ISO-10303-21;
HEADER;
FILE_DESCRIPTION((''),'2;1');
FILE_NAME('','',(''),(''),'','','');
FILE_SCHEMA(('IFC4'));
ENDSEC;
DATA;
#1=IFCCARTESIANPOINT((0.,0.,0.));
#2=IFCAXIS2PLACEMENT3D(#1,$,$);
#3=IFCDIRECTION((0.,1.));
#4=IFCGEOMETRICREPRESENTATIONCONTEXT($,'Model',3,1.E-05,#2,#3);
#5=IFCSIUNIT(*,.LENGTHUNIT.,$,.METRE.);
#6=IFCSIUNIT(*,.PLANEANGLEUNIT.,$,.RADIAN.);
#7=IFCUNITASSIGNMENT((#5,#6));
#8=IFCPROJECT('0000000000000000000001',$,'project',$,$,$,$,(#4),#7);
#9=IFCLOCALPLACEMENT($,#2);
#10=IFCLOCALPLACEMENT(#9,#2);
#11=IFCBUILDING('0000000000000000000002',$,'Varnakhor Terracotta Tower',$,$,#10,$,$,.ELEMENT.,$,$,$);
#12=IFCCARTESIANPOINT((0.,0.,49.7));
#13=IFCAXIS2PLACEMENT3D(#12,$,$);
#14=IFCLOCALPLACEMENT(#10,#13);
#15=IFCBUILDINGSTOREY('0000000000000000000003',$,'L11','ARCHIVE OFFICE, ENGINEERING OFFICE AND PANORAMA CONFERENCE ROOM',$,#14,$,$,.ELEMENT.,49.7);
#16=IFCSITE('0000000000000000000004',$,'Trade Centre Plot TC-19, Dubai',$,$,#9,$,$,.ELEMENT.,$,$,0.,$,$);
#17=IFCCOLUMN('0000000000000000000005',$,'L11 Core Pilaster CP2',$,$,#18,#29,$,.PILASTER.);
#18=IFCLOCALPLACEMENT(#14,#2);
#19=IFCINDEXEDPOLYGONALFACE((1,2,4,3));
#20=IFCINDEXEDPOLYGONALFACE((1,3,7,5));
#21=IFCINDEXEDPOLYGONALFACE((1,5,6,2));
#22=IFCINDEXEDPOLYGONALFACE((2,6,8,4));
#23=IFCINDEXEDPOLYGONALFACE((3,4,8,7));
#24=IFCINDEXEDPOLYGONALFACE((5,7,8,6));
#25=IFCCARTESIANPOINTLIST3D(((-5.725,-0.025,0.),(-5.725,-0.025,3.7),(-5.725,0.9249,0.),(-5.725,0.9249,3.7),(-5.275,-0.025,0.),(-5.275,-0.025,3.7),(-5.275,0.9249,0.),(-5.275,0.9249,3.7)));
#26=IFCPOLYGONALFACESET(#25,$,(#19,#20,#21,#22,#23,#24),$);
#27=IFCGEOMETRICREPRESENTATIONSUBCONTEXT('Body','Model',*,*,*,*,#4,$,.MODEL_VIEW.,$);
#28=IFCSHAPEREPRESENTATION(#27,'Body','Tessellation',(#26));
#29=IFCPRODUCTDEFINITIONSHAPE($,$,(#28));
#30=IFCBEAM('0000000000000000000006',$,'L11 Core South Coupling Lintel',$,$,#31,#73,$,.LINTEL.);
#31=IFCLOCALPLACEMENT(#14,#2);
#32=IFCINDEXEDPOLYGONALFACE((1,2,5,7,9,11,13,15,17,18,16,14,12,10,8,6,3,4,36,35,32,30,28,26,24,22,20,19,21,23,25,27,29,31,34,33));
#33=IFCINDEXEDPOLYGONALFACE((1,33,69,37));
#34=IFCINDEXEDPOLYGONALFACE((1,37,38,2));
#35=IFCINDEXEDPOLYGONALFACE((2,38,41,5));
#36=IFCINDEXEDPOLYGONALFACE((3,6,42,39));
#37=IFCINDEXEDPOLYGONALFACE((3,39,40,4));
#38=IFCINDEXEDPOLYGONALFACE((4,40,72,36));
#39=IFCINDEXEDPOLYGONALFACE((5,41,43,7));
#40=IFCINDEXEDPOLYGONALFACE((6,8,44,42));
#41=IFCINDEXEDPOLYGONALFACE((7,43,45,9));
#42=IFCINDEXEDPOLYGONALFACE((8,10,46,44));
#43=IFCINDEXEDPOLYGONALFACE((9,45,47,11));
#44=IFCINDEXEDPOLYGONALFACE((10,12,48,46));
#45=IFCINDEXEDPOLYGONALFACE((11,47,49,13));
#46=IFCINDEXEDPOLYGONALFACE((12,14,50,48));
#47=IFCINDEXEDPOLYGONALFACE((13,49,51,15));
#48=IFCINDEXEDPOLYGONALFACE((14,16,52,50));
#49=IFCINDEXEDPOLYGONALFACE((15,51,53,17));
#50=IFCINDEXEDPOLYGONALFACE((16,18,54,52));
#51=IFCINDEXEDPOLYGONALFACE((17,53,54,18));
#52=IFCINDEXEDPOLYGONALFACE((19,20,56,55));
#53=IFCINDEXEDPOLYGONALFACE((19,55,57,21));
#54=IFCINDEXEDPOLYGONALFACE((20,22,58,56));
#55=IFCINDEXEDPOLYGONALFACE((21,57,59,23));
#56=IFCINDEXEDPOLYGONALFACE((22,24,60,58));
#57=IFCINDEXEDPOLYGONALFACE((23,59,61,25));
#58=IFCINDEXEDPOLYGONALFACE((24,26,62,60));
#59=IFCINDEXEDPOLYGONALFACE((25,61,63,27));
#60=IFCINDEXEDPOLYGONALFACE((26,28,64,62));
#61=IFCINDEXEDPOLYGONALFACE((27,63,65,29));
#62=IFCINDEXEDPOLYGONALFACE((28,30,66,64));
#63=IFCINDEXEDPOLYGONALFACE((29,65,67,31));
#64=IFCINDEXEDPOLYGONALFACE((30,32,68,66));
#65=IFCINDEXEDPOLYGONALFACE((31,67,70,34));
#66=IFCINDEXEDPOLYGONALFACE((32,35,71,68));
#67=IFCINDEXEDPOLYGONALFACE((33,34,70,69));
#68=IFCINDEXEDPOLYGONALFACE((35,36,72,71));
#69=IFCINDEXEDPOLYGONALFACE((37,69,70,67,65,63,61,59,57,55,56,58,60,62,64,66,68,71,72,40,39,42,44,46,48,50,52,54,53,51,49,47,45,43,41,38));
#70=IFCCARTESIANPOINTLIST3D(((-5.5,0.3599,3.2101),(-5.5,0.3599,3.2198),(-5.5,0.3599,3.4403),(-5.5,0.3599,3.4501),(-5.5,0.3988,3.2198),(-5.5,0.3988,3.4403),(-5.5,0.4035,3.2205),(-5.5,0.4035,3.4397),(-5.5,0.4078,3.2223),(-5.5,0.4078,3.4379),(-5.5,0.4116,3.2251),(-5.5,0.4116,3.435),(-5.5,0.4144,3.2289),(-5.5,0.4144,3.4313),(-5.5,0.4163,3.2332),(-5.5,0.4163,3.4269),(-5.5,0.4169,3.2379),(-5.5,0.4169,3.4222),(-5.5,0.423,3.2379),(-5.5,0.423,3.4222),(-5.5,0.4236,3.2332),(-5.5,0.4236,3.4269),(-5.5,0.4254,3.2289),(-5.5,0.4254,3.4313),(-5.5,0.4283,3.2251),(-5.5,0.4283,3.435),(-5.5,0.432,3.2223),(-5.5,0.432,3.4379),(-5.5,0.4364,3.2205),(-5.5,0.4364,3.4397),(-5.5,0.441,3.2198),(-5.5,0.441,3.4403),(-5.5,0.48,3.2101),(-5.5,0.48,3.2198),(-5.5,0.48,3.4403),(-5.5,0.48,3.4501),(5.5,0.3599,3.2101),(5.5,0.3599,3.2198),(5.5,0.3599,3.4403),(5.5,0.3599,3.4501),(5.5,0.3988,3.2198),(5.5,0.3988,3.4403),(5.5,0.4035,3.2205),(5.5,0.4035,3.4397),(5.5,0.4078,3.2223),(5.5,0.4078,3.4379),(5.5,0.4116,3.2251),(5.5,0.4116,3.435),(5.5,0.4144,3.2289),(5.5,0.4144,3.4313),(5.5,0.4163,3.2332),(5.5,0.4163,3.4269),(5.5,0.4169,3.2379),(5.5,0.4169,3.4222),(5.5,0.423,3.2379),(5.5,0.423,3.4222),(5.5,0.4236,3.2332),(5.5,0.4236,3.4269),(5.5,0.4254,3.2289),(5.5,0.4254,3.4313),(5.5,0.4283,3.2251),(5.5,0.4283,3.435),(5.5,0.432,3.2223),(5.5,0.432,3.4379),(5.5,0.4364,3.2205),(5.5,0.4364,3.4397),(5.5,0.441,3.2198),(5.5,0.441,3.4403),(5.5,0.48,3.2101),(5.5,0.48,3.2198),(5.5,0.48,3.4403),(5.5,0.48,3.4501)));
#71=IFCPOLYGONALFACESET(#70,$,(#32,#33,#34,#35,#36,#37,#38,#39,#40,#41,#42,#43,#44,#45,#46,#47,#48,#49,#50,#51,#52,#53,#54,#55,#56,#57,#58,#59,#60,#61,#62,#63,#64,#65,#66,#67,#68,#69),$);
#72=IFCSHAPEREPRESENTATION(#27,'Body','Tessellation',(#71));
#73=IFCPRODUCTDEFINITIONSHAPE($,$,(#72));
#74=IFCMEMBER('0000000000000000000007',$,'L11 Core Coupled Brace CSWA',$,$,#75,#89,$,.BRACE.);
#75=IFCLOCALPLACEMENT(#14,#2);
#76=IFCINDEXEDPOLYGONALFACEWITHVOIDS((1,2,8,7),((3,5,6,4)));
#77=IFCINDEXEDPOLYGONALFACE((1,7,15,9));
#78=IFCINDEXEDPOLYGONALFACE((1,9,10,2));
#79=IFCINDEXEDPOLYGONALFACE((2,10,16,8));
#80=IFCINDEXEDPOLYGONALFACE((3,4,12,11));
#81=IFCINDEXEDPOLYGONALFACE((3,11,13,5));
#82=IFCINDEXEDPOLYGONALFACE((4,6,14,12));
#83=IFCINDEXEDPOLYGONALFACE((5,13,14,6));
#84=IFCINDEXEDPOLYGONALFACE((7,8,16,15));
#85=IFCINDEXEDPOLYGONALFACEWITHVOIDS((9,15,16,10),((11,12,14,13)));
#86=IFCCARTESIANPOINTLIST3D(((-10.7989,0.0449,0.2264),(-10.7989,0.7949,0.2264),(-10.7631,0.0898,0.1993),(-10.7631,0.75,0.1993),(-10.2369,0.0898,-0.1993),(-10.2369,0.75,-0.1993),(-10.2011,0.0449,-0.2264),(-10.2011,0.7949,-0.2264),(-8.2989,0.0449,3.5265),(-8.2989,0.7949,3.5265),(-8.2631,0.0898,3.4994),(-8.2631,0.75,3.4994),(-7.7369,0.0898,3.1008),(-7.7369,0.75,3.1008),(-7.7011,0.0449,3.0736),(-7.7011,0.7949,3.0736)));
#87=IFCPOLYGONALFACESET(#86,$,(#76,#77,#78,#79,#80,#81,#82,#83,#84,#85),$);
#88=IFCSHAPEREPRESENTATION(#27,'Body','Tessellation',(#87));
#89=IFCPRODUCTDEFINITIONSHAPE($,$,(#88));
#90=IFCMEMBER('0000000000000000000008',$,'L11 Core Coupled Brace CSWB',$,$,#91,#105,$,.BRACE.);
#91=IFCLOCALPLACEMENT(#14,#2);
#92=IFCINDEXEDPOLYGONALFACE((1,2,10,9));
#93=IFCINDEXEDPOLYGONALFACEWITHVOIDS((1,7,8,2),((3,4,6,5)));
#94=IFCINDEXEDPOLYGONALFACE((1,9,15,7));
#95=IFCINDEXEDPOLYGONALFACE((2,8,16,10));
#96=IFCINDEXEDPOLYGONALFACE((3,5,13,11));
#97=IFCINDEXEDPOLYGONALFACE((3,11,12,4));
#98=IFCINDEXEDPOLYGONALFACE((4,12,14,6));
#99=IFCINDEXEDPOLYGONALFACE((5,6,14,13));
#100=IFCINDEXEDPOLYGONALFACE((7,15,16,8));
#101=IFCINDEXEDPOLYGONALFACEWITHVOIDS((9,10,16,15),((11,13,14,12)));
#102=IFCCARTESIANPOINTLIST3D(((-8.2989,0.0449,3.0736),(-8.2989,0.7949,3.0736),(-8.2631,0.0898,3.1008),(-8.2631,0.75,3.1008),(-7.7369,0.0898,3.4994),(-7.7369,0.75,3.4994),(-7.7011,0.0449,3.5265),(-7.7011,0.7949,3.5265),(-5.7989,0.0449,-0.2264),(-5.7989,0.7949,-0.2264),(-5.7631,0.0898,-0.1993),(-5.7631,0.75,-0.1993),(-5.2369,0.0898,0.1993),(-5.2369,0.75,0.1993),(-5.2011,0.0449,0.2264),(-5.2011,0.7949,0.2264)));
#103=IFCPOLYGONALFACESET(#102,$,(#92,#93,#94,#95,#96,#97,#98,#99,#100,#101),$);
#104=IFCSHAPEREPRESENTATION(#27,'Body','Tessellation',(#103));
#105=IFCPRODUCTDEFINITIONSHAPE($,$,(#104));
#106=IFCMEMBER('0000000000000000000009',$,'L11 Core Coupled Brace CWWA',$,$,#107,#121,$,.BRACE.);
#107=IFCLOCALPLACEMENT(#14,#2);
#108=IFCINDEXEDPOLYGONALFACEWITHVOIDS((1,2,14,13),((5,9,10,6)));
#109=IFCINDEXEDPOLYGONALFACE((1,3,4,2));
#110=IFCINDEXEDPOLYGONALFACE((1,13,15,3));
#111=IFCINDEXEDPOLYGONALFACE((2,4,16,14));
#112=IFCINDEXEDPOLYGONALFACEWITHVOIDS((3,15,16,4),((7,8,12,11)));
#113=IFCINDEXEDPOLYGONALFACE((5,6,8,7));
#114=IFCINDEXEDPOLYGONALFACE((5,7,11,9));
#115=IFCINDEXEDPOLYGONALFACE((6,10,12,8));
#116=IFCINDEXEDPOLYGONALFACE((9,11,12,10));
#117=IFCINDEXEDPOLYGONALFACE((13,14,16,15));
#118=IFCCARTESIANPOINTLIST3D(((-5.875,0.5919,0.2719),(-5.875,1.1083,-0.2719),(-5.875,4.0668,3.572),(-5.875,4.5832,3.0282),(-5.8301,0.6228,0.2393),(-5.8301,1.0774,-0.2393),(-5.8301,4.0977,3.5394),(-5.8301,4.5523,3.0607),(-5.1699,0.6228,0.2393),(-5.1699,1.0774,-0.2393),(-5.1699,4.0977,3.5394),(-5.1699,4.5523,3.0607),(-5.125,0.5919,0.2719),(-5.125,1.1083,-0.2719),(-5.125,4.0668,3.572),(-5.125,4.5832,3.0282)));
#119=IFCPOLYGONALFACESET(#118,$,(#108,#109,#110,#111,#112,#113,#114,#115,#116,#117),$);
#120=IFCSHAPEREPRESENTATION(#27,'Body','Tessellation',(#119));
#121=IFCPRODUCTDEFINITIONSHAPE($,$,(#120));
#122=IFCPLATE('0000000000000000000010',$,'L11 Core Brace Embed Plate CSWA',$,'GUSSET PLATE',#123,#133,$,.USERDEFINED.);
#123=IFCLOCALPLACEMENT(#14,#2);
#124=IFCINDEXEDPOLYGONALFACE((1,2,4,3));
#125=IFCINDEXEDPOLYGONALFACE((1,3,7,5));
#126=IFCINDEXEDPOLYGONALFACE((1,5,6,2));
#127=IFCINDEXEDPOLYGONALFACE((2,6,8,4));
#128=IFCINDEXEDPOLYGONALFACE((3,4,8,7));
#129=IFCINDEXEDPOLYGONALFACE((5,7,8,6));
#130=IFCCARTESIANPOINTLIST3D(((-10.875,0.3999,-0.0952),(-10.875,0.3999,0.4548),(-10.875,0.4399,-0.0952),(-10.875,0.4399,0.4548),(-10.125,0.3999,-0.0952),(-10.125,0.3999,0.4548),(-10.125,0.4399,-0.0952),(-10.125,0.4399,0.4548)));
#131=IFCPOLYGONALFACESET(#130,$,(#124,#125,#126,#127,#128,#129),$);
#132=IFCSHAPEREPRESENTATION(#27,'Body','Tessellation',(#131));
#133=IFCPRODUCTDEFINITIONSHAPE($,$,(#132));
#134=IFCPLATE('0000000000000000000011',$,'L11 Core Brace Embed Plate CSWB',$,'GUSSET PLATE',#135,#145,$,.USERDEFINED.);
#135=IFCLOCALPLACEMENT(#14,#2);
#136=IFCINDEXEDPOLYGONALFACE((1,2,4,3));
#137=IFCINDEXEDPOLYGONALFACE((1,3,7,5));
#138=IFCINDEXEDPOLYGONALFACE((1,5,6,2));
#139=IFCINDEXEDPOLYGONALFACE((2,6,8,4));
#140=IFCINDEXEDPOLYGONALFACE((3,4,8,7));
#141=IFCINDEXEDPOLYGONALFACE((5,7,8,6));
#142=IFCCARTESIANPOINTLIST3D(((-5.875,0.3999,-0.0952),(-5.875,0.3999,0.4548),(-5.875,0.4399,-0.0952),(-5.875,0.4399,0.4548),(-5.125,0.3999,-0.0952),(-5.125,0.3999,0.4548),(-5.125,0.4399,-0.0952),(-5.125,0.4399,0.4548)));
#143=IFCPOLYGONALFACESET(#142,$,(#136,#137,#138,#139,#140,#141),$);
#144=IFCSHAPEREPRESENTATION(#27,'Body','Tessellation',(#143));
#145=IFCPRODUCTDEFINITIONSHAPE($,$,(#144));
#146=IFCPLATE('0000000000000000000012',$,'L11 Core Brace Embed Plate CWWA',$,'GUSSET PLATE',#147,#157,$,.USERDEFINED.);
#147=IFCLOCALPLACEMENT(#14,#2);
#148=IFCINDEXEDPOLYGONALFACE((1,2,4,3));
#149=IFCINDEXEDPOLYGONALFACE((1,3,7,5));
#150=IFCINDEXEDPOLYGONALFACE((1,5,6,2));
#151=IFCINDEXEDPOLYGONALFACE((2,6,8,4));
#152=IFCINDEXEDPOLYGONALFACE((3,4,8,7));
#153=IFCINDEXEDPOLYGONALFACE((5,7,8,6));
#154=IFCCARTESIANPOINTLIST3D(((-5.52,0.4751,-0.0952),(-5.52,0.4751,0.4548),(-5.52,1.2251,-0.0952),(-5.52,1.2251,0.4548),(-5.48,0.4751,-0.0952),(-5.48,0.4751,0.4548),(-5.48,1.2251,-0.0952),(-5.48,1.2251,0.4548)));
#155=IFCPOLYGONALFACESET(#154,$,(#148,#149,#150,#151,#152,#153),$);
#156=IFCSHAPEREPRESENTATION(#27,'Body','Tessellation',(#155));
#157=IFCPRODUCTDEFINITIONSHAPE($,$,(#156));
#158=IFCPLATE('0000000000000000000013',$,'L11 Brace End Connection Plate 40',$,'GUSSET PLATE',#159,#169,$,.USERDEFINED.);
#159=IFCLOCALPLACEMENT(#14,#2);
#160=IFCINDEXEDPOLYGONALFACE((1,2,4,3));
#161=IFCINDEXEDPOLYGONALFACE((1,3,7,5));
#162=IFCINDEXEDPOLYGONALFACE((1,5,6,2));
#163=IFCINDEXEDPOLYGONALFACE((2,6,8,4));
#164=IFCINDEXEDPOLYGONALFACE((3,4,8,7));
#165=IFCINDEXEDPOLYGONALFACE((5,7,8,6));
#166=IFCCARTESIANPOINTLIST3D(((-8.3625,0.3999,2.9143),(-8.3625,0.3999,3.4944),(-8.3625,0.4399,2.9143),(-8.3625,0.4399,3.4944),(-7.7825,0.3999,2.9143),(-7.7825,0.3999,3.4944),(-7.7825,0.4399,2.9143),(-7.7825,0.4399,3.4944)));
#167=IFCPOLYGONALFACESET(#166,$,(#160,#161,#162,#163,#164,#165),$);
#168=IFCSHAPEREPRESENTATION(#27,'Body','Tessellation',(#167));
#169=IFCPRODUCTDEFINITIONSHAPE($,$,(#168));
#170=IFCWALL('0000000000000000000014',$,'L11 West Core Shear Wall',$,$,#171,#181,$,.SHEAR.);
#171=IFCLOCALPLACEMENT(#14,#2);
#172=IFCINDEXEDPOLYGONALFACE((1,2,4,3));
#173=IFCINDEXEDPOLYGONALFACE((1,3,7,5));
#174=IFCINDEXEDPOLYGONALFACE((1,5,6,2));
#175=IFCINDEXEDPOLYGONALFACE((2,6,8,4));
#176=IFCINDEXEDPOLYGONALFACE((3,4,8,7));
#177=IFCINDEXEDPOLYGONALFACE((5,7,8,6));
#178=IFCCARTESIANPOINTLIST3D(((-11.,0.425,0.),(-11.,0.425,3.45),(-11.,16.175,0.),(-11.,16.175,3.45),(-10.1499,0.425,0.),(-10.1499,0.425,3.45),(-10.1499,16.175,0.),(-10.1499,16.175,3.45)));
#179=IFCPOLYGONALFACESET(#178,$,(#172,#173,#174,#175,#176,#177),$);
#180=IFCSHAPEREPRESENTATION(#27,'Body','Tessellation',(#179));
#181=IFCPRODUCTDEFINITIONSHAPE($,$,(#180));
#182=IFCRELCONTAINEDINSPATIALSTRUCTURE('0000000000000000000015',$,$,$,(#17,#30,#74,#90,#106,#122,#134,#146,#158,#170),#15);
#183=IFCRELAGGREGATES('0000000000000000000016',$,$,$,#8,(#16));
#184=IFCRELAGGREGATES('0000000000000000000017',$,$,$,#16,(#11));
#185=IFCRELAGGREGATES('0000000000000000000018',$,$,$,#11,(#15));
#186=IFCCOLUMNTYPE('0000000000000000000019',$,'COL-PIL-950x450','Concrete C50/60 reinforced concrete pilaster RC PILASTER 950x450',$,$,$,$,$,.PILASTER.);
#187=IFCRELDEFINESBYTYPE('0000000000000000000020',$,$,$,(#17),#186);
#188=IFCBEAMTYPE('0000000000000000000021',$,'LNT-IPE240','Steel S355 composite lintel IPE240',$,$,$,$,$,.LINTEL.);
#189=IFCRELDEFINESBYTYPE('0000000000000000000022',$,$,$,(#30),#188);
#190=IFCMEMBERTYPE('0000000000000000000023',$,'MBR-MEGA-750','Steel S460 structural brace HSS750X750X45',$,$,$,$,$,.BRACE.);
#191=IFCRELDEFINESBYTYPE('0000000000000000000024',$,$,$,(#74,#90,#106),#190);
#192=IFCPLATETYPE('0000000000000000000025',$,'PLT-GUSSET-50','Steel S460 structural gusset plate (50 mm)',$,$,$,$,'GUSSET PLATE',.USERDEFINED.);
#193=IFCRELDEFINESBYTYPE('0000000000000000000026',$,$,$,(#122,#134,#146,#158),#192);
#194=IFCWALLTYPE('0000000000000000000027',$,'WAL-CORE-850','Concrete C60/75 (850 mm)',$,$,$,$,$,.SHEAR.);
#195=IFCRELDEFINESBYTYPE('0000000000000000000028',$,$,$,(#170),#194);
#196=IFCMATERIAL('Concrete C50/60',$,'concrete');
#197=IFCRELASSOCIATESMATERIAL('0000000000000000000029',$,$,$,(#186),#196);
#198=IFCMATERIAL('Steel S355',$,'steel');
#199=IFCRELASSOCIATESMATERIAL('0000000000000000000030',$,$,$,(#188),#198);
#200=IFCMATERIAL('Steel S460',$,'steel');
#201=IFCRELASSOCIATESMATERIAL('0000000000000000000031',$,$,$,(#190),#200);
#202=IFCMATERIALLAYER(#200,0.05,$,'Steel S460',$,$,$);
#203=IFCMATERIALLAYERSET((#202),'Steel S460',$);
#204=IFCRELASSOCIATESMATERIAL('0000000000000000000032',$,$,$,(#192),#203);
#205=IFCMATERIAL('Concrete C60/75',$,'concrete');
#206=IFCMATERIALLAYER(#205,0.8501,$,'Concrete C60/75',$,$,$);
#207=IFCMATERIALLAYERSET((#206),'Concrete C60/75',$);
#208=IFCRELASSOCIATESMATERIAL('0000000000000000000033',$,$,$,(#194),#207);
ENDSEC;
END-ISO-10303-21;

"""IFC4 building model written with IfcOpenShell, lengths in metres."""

from ifc_helpers import new_model, si_unit, direction, frame, frame_2d, origin, origin_2d, place, context, subcontext, project, spatial, rectangle, hollow_rectangle, i_section, extrude, source, transform, mapped, material, layer, layer_set, material_profile, profile_set, type_object, type_shapes, element, save


model = new_model("IFC4")

# Units and contexts
model_context = context("Model", 3, precision=1e-05, world=origin(), true_north=direction((0.0, 1.0)))
body_context = subcontext(model_context, "Body", "Model", "MODEL_VIEW")
ifc_project = project(units=[si_unit("LENGTHUNIT", "METRE"), si_unit("PLANEANGLEUNIT", "RADIAN")], contexts=[model_context])

# Site, building, storey
site_placement = place(None, origin())
site = spatial("IfcSite", under=ifc_project, at=site_placement, Name="Trade Centre Plot TC-19, Dubai", CompositionType="ELEMENT", RefElevation=0.0)
building_placement = place(site_placement, origin())
building = spatial("IfcBuilding", under=site, at=building_placement, Name="Varnakhor Terracotta Tower", CompositionType="ELEMENT")
storey_placement = place(building_placement, frame((0.0, 0.0, 49.7)))
storey = spatial("IfcBuildingStorey", under=building, at=storey_placement, Name="L11", Description="ARCHIVE OFFICE, ENGINEERING OFFICE AND PANORAMA CONFERENCE ROOM", CompositionType="ELEMENT", Elevation=49.7)

# Column
ifc_material_1 = material(Name="Concrete C50/60", Category="concrete")
ifc_material_profile_1 = material_profile(ifc_material_1, rectangle(XDim=0.45, YDim=0.95, at=origin_2d()), Name="RC PILASTER 950x450")
ifc_profile_set_1 = profile_set([ifc_material_profile_1], Name="Concrete C50/60")
column_type = type_object("IfcColumnType", Name="COL-PIL-950x450", Description="Concrete C50/60 reinforced concrete pilaster RC PILASTER 950x450", PredefinedType="PILASTER", material=ifc_profile_set_1)
shared_shape_1 = source(origin(), body_context, "Body", "SweptSolid", [
    extrude(rectangle(XDim=0.45, YDim=0.95, at=origin_2d()), origin(), (0.0, 0.0, 1.0), 3.7),
])
column_placement = place(storey_placement, frame((-5.5, 0.45, 0.0), z_axis=(0.0, 0.0, 1.0), x_axis=(1.0, 0.0, 0.0)))
element("IfcColumn", 1, at=column_placement, inside=storey, type_object=column_type, Name="L11 Core Pilaster CP2", PredefinedType="PILASTER", context=body_context, shape_type="MappedRepresentation", body=[
    mapped(shared_shape_1, transform((0.0, 0.0, 0.0), scale=1.0)),
])

# Beam
ifc_material_2 = material(Name="Steel S355", Category="steel")
ifc_material_profile_2 = material_profile(ifc_material_2, i_section(OverallWidth=0.1201, OverallDepth=0.24, WebThickness=0.0061, FlangeThickness=0.0098, FilletRadius=0.0181, at=origin_2d()), Name="IPE240")
ifc_profile_set_2 = profile_set([ifc_material_profile_2], Name="Steel S355")
beam_type = type_object("IfcBeamType", Name="LNT-IPE240", Description="Steel S355 composite lintel IPE240", PredefinedType="LINTEL", material=ifc_profile_set_2)
shared_shape_2 = source(origin(), body_context, "Body", "SweptSolid", [
    extrude(i_section(OverallWidth=0.1201, OverallDepth=0.24, WebThickness=0.0061, FlangeThickness=0.0098, FilletRadius=0.0181, at=origin_2d()), origin(), (0.0, 0.0, 1.0), 11.0),
])
type_shapes(beam_type, [shared_shape_2])
beam_placement = place(storey_placement, frame((-5.5, 0.4199, 3.3301), z_axis=(1.0, 0.0, 0.0), x_axis=(0.0, 1.0, 0.0)))
element("IfcBeam", 2, at=beam_placement, inside=storey, type_object=beam_type, Name="L11 Core South Coupling Lintel", PredefinedType="LINTEL", context=body_context, shape_type="MappedRepresentation", body=[
    mapped(shared_shape_2, transform((0.0, 0.0, 0.0), scale=1.0)),
])

# Members
ifc_material_3 = material(Name="Steel S460", Category="steel")
ifc_material_profile_3 = material_profile(ifc_material_3, hollow_rectangle(XDim=0.75, YDim=0.75, WallThickness=0.0449, at=origin_2d()), Name="HSS750X750X45")
ifc_profile_set_3 = profile_set([ifc_material_profile_3], Name="Steel S460")
member_type = type_object("IfcMemberType", Name="MBR-MEGA-750", Description="Steel S460 structural brace HSS750X750X45", PredefinedType="BRACE", material=ifc_profile_set_3)
shared_shape_3 = source(origin(), body_context, "Body", "SweptSolid", [
    extrude(hollow_rectangle(XDim=0.75, YDim=0.75, WallThickness=0.0449, at=origin_2d()), origin(), (0.0, 0.0, 1.0), 4.1401),
])
type_shapes(member_type, [shared_shape_3])
for number, where, z_axis, x_axis, name in (
    (3, (-10.5, 0.4199, 0.0), (0.603852, 0.0, 0.797096), (0.0, 1.0, 0.0), "L11 Core Coupled Brace CSWA"),
    (4, (-5.5, 0.4199, 0.0), (-0.603852, 0.0, 0.797096), (0.0, -1.0, 0.0), "L11 Core Coupled Brace CSWB"),
):
    element("IfcMember", number, at=place(storey_placement, frame(where, z_axis=z_axis, x_axis=x_axis)), inside=storey, type_object=member_type, Name=name, PredefinedType="BRACE", context=body_context, shape_type="MappedRepresentation", body=[
        mapped(shared_shape_3, transform((0.0, 0.0, 0.0), scale=1.0)),
    ])
shared_shape_4 = source(origin(), body_context, "Body", "SweptSolid", [
    extrude(hollow_rectangle(XDim=0.75, YDim=0.75, WallThickness=0.0449, at=origin_2d()), origin(), (0.0, 0.0, 1.0), 4.7922),
])
member_placement = place(storey_placement, frame((-5.5, 0.8501, 0.0), z_axis=(0.0, 0.72511, 0.688633), x_axis=(-1.0, 0.0, 0.0)))
element("IfcMember", 5, at=member_placement, inside=storey, type_object=member_type, Name="L11 Core Coupled Brace CWWA", PredefinedType="BRACE", context=body_context, shape_type="MappedRepresentation", body=[
    mapped(shared_shape_4, transform((0.0, 0.0, 0.0), scale=1.0)),
])

# Plates
ifc_layer_1 = layer(ifc_material_3, 0.05, Name="Steel S460")
ifc_layer_set_1 = layer_set([ifc_layer_1], Name="Steel S460")
plate_type = type_object("IfcPlateType", Name="PLT-GUSSET-50", Description="Steel S460 structural gusset plate (50 mm)", ElementType="GUSSET PLATE", PredefinedType="USERDEFINED", material=ifc_layer_set_1)
shared_shape_5 = source(origin(), body_context, "Body", "SweptSolid", [
    extrude(rectangle(XDim=0.75, YDim=0.04, at=origin_2d()), origin(), (0.0, 0.0, 1.0), 0.55),
])
type_shapes(plate_type, [shared_shape_5])
for number, where, z_axis, x_axis, name in (
    (6, (-10.5, 0.4199, -0.0952), (0.0, 0.0, 1.0), (1.0, 0.0, 0.0), "L11 Core Brace Embed Plate CSWA"),
    (7, (-5.5, 0.4199, -0.0952), (0.0, 0.0, 1.0), (1.0, 0.0, 0.0), "L11 Core Brace Embed Plate CSWB"),
    (8, (-5.5, 0.8501, -0.0952), (0.0, 0.0, 1.0), (0.0, 1.0, 0.0), "L11 Core Brace Embed Plate CWWA"),
):
    element("IfcPlate", number, at=place(storey_placement, frame(where, z_axis=z_axis, x_axis=x_axis)), inside=storey, type_object=plate_type, Name=name, ObjectType="GUSSET PLATE", PredefinedType="USERDEFINED", context=body_context, shape_type="MappedRepresentation", body=[
        mapped(shared_shape_5, transform((0.0, 0.0, 0.0), scale=1.0)),
    ])
shared_shape_6 = source(origin(), body_context, "Body", "SweptSolid", [
    extrude(rectangle(XDim=0.5801, YDim=0.04, at=origin_2d()), origin(), (0.0, 0.0, 1.0), 0.5801),
])
plate_placement = place(storey_placement, frame((-8.0725, 0.4199, 2.9143), z_axis=(0.0, 0.0, 1.0), x_axis=(1.0, 0.0, 0.0)))
element("IfcPlate", 9, at=plate_placement, inside=storey, type_object=plate_type, Name="L11 Brace End Connection Plate 40", ObjectType="GUSSET PLATE", PredefinedType="USERDEFINED", context=body_context, shape_type="MappedRepresentation", body=[
    mapped(shared_shape_6, transform((0.0, 0.0, 0.0), scale=1.0)),
])

# Wall
ifc_material_4 = material(Name="Concrete C60/75", Category="concrete")
ifc_layer_2 = layer(ifc_material_4, 0.8501, Name="Concrete C60/75")
ifc_layer_set_2 = layer_set([ifc_layer_2], Name="Concrete C60/75")
wall_type_1 = type_object("IfcWallType", Name="WAL-CORE-850", Description="Concrete C60/75 (850 mm)", PredefinedType="SHEAR", material=ifc_layer_set_2)
wall_1_placement = place(storey_placement, frame((-10.575, 0.425, 0.0), z_axis=(0.0, 0.0, 1.0), x_axis=(0.0, 1.0, 0.0)))
element("IfcWall", 10, at=wall_1_placement, inside=storey, type_object=wall_type_1, Name="L11 West Core Shear Wall", PredefinedType="SHEAR", context=body_context, shape_type="SweptSolid", body=[
    extrude(rectangle(XDim=15.75, YDim=0.8501, at=frame_2d((7.875, 0.0))), origin(), (0.0, 0.0, 1.0), 3.45),
])

save(model, "model.ifc")
